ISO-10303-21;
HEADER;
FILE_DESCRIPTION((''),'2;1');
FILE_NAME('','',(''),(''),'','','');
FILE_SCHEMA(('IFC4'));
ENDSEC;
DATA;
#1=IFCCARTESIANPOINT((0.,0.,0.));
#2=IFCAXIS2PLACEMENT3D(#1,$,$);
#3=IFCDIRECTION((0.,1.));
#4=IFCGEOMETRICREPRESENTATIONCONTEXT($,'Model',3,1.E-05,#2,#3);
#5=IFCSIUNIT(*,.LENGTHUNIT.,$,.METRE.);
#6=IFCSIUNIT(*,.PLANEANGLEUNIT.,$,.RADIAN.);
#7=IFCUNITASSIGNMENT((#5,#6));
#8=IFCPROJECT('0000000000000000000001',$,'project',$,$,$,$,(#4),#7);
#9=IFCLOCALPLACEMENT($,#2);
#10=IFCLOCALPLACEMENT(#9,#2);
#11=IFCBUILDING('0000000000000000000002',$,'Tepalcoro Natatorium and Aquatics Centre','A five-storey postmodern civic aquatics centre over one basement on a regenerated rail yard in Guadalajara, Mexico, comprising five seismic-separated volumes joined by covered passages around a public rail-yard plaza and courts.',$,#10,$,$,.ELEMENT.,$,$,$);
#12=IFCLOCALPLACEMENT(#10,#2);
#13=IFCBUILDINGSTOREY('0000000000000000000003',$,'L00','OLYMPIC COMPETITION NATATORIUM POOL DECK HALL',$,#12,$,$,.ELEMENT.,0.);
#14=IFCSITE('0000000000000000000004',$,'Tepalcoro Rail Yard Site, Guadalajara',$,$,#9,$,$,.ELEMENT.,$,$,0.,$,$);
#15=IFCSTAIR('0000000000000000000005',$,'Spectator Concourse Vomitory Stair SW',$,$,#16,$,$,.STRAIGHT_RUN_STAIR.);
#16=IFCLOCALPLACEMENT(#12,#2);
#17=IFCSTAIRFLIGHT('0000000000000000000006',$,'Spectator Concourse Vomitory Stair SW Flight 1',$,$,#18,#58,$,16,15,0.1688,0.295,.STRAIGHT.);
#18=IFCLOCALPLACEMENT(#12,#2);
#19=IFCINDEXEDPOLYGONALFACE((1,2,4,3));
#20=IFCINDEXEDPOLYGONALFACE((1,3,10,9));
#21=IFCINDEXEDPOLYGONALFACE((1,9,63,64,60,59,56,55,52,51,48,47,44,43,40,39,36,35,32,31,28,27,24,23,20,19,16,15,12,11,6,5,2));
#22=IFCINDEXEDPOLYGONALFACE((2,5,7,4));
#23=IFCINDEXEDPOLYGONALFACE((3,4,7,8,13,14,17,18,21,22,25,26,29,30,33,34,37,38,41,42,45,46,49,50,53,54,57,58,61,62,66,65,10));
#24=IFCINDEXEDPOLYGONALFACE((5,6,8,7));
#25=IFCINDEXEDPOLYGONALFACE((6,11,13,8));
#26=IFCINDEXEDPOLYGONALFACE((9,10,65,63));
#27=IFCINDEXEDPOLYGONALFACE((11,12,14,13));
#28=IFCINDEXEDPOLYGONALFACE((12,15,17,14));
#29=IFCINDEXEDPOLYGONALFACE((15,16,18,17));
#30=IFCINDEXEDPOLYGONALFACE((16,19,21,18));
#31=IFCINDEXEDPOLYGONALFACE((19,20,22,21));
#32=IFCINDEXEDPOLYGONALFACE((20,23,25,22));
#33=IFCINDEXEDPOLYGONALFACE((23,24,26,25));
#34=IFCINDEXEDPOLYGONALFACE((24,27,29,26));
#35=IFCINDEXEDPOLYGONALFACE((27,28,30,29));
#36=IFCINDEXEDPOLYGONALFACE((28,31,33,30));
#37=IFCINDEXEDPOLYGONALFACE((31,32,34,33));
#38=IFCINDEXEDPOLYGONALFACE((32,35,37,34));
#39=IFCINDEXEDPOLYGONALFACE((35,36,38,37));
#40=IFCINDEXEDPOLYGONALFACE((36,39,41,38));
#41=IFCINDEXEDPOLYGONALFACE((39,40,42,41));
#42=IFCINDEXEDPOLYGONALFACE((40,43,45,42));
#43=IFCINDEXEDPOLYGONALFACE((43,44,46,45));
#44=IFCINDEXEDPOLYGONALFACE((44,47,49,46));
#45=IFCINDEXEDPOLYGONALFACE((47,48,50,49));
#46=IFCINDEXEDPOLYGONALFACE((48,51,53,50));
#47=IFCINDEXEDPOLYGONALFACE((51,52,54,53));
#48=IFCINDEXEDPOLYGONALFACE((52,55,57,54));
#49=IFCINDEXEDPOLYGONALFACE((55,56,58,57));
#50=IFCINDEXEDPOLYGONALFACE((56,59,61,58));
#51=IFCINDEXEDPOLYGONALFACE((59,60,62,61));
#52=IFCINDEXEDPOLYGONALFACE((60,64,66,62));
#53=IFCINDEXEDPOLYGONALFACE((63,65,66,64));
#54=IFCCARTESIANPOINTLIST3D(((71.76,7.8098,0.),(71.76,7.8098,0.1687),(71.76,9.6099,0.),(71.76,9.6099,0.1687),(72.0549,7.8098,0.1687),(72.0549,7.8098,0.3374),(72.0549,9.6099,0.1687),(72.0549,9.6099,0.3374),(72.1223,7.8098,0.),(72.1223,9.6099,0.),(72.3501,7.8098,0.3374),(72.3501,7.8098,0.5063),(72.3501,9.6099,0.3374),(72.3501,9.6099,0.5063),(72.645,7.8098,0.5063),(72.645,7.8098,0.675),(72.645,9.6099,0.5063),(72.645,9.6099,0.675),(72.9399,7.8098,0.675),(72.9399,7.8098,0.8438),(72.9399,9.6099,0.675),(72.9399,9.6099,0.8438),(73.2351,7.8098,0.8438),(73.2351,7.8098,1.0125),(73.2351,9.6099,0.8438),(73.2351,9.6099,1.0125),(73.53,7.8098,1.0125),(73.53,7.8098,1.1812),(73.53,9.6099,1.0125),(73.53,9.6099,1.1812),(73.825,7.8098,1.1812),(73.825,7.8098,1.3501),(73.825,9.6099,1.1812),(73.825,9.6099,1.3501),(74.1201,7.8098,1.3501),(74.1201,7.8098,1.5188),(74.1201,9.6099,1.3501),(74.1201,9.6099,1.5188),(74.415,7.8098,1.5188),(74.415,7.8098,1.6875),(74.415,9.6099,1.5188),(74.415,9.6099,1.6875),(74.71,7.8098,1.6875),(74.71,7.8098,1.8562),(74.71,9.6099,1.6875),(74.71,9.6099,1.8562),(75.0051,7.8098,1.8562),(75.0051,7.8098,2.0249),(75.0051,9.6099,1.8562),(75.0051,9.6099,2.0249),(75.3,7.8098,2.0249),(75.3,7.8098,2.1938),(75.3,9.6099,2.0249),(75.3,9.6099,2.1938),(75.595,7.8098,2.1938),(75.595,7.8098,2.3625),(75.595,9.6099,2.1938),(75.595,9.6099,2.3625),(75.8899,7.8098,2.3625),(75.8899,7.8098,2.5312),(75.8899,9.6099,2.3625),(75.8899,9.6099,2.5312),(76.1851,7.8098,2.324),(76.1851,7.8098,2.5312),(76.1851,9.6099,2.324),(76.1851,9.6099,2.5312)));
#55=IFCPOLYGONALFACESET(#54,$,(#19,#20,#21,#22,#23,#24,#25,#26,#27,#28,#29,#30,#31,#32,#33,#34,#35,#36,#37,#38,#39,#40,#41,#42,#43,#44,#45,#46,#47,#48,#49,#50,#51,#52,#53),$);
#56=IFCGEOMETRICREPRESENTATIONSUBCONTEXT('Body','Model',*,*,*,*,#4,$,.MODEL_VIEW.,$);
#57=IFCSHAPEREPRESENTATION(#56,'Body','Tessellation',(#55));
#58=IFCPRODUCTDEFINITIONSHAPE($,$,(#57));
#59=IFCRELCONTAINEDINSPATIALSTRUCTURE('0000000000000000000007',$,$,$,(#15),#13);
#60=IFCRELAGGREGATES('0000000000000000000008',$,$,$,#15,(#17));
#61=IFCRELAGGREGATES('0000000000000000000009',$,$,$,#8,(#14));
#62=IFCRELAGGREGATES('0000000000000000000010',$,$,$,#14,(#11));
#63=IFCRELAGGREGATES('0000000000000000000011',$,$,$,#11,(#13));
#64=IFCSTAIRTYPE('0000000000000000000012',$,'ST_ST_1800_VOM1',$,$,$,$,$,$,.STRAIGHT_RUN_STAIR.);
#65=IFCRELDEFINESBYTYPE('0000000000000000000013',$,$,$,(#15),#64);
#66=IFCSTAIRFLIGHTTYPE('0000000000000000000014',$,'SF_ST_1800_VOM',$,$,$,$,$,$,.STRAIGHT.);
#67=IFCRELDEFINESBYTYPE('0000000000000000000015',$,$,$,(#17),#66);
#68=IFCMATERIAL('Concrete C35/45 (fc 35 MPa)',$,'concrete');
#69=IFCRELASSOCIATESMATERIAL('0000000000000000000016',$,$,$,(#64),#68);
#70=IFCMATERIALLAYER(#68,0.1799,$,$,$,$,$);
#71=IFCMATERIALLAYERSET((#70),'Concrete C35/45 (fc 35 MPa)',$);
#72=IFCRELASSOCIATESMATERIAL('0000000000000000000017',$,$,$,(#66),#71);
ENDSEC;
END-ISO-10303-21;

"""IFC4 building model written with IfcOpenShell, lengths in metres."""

from ifc_helpers import new_model, si_unit, direction, frame, origin, place, context, subcontext, project, spatial, polyline, outline, extrude, material, layer, layer_set, type_object, element, aggregate, save


model = new_model("IFC4")

# Units and contexts
model_context = context("Model", 3, precision=1e-05, world=origin(), true_north=direction((0.0, 1.0)))
body_context = subcontext(model_context, "Body", "Model", "MODEL_VIEW")
ifc_project = project(units=[si_unit("LENGTHUNIT", "METRE"), si_unit("PLANEANGLEUNIT", "RADIAN")], contexts=[model_context])

# Site, building, storey
site_placement = place(None, origin())
site = spatial("IfcSite", under=ifc_project, at=site_placement, Name="Tepalcoro Rail Yard Site, Guadalajara", CompositionType="ELEMENT", RefElevation=0.0)
building_placement = place(site_placement, origin())
building = spatial("IfcBuilding", under=site, at=building_placement, Name="Tepalcoro Natatorium and Aquatics Centre", Description="A five-storey postmodern civic aquatics centre over one basement on a regenerated rail yard in Guadalajara, Mexico, comprising five seismic-separated volumes joined by covered passages around a public rail-yard plaza and courts.", CompositionType="ELEMENT")
storey_placement = place(building_placement, origin())
storey = spatial("IfcBuildingStorey", under=building, at=storey_placement, Name="L00", Description="OLYMPIC COMPETITION NATATORIUM POOL DECK HALL", CompositionType="ELEMENT", Elevation=0.0)

# Stair, stair flight
ifc_material_1 = material(Name="Concrete C35/45 (fc 35 MPa)", Category="concrete")
stair_type = type_object("IfcStairType", Name="ST_ST_1800_VOM1", PredefinedType="STRAIGHT_RUN_STAIR", material=ifc_material_1)
stair_placement = place(storey_placement, origin())
stair = element("IfcStair", 1, at=stair_placement, inside=storey, type_object=stair_type, Name="Spectator Concourse Vomitory Stair SW", PredefinedType="STRAIGHT_RUN_STAIR")
ifc_layer_1 = layer(ifc_material_1, 0.1799)
ifc_layer_set_1 = layer_set([ifc_layer_1], Name="Concrete C35/45 (fc 35 MPa)")
stair_flight_type = type_object("IfcStairFlightType", Name="SF_ST_1800_VOM", PredefinedType="STRAIGHT", material=ifc_layer_set_1)
stair_flight_placement = place(storey_placement, frame((71.76, 8.71, 0.0), z_axis=(0.0, 0.0, 1.0), x_axis=(1.0, 0.0, 0.0)))
stair_flight = element("IfcStairFlight", 2, at=stair_flight_placement, type_object=stair_flight_type, Name="Spectator Concourse Vomitory Stair SW Flight 1", NumberOfRisers=16, NumberOfTreads=15, PredefinedType="STRAIGHT", RiserHeight=0.1688, TreadLength=0.295, context=body_context, shape_type="SweptSolid", body=[
    extrude(outline(polyline([(0.0, 0.0), (0.0, 0.1687), (0.2949, 0.1687), (0.2949, 0.3374), (0.5901, 0.3374), (0.5901, 0.5063), (0.885, 0.5063), (0.885, 0.675), (1.1799, 0.675), (1.1799, 0.8438), (1.4751, 0.8438), (1.4751, 1.0125), (1.77, 1.0125), (1.77, 1.1812), (2.0649, 1.1812), (2.0649, 1.3501), (2.3601, 1.3501), (2.3601, 1.5188), (2.655, 1.5188), (2.655, 1.6875), (2.95, 1.6875), (2.95, 1.8562), (3.2451, 1.8562), (3.2451, 2.0249), (3.54, 2.0249), (3.54, 2.1938), (3.835, 2.1938), (3.835, 2.3625), (4.1299, 2.3625), (4.1299, 2.5312), (4.425, 2.5312), (4.425, 2.7), (4.425, 2.324), (0.3623, 0.0), (0.0, 0.0)])), frame((0.0, 0.8999, 0.0), z_axis=(0.0, -1.0, 0.0), x_axis=(1.0, 0.0, 0.0)), (0.0, 0.0, 1.0), 1.8),
])
aggregate(stair, [stair_flight])

save(model, "model.ifc")
